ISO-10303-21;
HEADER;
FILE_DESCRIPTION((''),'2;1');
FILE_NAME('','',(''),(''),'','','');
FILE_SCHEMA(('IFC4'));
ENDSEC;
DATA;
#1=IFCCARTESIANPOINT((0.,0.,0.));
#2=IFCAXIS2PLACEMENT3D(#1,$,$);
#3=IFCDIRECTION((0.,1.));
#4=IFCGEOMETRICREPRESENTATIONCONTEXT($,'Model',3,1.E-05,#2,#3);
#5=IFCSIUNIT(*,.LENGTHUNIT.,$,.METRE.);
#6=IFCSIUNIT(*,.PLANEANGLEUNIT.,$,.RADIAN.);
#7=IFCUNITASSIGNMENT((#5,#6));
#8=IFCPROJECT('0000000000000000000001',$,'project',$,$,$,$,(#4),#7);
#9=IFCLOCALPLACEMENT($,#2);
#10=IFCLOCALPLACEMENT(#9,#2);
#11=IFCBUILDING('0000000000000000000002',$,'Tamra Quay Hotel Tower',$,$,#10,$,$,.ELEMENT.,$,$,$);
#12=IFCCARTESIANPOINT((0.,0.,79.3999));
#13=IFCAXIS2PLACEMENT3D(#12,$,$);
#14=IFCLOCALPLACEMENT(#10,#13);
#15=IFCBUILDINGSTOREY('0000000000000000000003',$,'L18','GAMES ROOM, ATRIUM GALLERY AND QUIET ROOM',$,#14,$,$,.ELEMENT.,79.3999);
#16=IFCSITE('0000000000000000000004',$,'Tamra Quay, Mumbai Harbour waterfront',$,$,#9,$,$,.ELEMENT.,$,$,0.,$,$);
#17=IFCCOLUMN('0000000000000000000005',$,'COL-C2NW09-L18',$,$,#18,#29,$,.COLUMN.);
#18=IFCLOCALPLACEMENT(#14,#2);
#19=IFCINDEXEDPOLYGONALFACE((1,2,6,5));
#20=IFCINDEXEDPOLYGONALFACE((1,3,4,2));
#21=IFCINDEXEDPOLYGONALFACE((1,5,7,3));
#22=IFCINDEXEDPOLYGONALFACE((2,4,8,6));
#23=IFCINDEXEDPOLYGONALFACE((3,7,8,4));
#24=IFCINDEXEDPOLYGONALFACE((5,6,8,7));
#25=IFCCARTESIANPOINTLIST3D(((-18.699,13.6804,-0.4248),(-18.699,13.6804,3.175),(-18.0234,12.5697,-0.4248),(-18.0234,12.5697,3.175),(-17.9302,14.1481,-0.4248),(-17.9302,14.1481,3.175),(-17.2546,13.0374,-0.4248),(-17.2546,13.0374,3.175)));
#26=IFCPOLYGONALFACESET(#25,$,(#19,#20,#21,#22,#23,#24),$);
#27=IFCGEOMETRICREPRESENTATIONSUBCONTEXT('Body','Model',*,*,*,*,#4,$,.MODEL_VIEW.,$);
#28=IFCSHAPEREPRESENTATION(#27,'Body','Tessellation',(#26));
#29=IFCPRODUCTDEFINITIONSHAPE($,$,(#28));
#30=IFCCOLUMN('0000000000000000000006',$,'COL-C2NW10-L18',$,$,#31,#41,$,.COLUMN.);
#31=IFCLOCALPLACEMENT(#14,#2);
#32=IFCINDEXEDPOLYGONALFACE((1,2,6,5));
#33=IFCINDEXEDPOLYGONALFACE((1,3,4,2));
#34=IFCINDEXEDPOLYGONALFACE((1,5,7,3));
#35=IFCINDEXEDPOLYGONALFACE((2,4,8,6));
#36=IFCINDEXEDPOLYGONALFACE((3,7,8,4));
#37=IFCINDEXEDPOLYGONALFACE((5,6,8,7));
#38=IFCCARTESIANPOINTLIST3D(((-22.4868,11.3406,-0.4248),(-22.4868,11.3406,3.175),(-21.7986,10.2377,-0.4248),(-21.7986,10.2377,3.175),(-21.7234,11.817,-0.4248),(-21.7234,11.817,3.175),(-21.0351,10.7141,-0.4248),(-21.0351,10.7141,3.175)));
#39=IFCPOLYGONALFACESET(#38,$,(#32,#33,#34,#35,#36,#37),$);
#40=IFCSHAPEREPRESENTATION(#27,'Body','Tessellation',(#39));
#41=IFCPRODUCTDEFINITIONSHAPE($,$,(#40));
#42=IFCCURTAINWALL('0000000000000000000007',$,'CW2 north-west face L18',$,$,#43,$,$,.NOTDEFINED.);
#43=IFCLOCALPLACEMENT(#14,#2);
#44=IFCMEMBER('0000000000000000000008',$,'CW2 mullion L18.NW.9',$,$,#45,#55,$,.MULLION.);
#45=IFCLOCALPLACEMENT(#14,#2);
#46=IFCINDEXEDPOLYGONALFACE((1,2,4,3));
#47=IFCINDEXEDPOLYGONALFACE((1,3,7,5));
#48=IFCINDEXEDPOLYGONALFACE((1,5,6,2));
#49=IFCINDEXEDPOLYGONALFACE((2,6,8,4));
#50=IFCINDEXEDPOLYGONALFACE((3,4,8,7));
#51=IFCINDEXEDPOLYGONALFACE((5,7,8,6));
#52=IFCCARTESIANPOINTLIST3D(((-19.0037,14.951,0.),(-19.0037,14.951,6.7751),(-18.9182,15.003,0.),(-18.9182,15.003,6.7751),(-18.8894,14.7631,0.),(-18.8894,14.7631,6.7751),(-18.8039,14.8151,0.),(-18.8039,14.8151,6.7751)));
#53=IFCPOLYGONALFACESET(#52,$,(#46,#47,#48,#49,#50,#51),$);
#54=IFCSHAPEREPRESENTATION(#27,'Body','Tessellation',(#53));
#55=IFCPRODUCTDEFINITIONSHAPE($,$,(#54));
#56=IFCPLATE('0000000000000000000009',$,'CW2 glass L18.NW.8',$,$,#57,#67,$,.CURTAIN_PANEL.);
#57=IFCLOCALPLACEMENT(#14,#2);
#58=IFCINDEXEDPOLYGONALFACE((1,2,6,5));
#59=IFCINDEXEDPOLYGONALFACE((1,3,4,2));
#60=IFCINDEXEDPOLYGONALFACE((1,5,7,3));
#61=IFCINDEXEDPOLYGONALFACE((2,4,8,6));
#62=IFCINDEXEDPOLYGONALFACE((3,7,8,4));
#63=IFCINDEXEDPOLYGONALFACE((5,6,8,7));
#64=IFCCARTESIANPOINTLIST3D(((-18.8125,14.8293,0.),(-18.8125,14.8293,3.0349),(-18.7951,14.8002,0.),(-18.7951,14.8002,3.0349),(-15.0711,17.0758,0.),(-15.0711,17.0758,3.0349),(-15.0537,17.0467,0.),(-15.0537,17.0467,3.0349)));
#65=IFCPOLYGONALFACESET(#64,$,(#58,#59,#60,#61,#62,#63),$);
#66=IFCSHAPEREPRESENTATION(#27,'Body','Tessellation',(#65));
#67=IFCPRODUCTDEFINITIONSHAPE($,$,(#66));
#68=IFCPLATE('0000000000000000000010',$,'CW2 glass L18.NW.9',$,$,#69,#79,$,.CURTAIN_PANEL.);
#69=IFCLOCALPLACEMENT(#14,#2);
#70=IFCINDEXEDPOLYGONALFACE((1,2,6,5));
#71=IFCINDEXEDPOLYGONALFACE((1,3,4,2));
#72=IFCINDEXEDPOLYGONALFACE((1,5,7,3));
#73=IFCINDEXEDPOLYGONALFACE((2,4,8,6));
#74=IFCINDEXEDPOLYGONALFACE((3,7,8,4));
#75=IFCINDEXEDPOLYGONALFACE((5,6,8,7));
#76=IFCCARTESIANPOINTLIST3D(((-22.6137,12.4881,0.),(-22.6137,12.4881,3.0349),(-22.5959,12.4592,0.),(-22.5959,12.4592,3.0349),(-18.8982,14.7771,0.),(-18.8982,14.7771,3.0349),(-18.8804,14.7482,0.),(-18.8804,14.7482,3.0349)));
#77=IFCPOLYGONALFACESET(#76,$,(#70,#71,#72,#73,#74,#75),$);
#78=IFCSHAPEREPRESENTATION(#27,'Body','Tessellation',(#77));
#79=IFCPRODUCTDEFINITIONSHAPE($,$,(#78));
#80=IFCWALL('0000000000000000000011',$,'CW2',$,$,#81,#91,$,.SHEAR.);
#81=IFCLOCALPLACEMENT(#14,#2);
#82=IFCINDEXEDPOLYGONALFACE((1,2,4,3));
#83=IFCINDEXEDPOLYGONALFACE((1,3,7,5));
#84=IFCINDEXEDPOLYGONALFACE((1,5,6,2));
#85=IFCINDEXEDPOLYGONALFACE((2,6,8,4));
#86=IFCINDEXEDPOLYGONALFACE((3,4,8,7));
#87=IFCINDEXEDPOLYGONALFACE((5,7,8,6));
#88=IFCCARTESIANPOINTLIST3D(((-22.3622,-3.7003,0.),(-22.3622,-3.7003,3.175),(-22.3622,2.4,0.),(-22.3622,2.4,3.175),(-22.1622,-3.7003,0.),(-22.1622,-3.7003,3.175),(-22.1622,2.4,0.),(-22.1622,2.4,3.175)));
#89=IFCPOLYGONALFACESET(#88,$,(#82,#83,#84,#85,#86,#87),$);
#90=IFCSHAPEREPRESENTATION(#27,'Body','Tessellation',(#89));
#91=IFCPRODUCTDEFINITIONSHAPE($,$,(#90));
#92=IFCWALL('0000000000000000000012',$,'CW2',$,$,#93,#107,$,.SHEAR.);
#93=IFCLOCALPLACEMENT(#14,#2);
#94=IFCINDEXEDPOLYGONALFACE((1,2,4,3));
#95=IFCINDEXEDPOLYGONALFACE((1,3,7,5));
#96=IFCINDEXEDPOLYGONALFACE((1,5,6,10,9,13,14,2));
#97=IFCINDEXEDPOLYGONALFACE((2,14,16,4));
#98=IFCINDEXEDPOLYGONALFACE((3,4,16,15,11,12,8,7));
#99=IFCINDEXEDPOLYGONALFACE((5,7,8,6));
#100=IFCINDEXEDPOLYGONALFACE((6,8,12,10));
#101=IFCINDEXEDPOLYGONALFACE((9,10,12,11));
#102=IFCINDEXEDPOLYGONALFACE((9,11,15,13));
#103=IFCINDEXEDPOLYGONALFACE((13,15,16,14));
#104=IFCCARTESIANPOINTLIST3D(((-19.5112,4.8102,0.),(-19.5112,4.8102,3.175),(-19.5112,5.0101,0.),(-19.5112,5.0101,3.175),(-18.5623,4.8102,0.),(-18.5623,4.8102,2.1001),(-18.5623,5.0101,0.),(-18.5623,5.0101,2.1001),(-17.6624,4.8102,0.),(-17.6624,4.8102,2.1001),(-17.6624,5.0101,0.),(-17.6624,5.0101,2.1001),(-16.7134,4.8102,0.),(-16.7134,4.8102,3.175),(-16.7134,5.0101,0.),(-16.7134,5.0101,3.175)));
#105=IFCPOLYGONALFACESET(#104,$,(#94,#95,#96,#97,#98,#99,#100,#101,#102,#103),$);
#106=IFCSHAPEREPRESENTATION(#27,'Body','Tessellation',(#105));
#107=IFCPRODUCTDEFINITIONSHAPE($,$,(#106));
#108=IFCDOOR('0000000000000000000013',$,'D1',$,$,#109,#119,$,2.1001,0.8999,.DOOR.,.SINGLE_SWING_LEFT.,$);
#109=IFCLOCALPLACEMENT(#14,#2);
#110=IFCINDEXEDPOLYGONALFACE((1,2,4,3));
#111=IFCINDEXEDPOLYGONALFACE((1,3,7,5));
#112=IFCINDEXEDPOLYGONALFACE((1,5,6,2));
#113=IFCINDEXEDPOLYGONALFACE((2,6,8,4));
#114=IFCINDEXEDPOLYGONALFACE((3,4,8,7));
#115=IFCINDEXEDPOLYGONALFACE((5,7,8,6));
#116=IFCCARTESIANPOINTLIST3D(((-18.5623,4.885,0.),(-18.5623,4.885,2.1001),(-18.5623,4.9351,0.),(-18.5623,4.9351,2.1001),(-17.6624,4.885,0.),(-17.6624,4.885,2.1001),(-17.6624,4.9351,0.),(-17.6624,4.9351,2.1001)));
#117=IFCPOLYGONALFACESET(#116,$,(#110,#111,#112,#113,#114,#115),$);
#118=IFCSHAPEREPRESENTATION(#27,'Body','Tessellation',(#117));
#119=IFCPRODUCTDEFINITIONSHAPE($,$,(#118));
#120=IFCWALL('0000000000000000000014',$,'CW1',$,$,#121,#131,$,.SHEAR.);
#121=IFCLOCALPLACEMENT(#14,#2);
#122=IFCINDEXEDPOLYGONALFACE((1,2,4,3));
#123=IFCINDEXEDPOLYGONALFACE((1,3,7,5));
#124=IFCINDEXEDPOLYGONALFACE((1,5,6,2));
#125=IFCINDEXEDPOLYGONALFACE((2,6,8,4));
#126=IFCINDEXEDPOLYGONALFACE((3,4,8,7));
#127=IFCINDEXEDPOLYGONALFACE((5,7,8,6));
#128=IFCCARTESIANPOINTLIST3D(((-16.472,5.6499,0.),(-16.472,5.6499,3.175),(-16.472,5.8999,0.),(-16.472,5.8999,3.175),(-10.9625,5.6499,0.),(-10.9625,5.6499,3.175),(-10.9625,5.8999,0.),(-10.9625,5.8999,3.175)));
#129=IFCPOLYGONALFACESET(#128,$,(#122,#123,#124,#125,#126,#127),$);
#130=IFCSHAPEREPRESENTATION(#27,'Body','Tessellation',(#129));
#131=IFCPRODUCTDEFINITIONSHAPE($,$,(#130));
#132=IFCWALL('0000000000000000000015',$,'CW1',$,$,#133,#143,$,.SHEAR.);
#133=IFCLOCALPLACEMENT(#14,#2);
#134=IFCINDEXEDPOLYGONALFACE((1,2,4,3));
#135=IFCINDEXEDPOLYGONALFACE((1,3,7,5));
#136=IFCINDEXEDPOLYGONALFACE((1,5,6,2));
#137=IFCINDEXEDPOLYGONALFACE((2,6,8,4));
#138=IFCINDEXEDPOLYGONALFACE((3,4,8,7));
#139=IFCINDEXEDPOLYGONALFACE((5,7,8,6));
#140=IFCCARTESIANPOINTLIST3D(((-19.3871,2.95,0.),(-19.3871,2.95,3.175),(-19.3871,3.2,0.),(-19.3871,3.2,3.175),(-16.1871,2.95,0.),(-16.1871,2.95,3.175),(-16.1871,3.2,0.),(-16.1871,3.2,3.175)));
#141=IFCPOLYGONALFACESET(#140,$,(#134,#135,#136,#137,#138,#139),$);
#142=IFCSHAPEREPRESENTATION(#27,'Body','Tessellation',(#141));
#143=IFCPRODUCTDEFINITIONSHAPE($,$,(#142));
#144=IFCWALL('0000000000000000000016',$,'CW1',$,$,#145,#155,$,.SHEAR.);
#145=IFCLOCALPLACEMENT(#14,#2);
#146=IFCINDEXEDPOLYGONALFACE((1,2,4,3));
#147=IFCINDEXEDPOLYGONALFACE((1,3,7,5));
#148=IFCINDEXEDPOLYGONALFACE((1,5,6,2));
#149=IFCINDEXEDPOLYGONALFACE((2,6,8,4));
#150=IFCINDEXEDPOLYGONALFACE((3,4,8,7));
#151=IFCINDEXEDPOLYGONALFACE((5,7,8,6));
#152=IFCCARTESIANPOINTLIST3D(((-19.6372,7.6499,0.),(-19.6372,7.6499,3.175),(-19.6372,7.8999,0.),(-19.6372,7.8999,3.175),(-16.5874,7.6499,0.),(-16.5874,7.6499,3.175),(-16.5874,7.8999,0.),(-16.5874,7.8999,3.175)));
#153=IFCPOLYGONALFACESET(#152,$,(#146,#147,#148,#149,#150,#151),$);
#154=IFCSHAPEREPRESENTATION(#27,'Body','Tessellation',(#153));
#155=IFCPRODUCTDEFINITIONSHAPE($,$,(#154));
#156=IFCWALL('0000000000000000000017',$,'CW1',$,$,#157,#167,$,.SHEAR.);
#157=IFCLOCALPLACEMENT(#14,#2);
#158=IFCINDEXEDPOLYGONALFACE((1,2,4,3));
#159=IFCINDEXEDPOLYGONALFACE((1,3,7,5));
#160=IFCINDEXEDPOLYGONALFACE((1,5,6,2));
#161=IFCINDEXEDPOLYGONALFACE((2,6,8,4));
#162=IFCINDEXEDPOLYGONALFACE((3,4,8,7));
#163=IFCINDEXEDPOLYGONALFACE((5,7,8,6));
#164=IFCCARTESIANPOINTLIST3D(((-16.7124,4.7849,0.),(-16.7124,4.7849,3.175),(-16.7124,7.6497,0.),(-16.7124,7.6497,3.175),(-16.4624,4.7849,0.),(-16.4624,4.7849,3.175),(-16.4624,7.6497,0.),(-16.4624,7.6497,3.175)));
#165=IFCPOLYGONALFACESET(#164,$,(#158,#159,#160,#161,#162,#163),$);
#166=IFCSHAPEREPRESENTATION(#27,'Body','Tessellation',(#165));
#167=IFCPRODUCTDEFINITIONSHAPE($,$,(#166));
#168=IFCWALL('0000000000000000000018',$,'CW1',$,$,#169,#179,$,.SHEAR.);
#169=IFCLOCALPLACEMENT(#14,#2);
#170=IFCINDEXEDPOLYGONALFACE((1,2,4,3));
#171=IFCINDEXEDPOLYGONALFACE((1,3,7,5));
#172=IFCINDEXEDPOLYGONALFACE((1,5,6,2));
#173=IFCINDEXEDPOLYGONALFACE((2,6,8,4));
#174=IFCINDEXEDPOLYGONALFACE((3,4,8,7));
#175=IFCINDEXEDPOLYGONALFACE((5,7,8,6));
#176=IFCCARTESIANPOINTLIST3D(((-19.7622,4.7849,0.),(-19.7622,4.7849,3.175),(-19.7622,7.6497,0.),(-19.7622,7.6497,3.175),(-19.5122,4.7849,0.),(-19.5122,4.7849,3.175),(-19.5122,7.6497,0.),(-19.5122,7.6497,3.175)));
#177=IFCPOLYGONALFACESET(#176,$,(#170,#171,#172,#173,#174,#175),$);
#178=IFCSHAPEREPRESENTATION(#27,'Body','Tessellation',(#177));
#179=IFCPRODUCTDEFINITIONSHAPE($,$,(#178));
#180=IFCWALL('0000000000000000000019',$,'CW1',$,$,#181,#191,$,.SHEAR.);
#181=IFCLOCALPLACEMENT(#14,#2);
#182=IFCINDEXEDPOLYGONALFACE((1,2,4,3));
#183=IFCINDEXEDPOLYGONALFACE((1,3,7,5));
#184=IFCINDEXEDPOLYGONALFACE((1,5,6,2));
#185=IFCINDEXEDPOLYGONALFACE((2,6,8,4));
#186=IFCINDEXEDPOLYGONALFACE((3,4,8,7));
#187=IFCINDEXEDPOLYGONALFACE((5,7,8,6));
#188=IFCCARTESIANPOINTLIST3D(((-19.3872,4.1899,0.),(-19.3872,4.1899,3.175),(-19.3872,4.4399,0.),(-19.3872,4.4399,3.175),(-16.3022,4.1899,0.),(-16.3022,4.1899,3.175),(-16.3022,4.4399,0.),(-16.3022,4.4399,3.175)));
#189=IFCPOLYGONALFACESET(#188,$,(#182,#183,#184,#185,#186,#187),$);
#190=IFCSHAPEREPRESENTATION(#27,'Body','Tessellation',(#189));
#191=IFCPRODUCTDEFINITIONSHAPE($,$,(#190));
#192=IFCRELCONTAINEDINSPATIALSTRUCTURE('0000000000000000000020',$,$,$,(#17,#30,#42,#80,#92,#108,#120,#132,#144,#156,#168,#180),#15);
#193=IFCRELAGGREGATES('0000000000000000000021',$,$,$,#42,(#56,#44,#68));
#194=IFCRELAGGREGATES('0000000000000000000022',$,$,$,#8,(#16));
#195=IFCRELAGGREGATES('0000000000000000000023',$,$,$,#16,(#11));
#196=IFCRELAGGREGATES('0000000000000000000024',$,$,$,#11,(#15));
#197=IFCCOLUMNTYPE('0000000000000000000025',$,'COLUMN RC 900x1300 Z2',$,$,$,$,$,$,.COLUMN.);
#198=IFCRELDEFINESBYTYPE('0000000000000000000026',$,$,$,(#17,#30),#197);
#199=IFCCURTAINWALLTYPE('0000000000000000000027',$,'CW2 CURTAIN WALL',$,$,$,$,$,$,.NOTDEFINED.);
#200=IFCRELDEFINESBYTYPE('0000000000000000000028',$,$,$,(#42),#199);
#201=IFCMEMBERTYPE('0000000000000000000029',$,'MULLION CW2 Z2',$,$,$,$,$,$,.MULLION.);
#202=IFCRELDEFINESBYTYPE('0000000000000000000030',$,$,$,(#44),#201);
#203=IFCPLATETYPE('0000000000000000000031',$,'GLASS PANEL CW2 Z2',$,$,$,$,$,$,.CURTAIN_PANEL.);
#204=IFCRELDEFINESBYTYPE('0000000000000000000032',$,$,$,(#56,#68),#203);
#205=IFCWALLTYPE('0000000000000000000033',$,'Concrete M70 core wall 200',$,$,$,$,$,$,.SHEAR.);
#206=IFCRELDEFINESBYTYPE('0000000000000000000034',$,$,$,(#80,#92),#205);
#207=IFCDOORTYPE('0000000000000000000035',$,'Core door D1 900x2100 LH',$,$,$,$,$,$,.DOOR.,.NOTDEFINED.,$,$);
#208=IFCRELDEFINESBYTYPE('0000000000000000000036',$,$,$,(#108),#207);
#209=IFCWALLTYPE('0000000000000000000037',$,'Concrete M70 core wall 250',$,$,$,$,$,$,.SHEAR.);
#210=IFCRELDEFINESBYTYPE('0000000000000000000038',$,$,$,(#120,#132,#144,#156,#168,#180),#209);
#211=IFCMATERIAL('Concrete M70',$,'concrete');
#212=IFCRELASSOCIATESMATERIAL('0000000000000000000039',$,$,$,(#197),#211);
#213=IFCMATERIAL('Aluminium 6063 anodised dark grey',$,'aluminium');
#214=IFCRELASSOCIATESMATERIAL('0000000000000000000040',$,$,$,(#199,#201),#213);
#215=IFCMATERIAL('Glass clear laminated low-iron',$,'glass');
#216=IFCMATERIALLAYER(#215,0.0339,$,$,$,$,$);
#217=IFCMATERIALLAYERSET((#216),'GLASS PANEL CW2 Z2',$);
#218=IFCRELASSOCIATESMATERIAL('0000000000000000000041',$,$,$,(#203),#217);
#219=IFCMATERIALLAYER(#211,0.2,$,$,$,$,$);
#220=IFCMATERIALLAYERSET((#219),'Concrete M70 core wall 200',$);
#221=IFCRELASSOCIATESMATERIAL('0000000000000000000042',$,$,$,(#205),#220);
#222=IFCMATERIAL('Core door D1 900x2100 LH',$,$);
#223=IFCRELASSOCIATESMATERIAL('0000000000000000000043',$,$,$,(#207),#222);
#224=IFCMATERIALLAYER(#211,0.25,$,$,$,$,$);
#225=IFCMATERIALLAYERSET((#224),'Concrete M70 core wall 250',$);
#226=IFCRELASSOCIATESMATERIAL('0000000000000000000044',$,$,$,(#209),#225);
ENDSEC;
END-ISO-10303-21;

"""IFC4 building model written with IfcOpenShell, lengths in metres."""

from ifc_helpers import new_model, si_unit, direction, frame, frame_2d, origin, origin_2d, place, context, subcontext, project, spatial, rectangle, extrude, material, layer, layer_set, material_profile, profile_set, type_object, element, fill, aggregate, save


model = new_model("IFC4")

# Units and contexts
model_context = context("Model", 3, precision=1e-05, world=origin(), true_north=direction((0.0, 1.0)))
body_context = subcontext(model_context, "Body", "Model", "MODEL_VIEW")
ifc_project = project(units=[si_unit("LENGTHUNIT", "METRE"), si_unit("PLANEANGLEUNIT", "RADIAN")], contexts=[model_context])

# Site, building, storey
site_placement = place(None, origin())
site = spatial("IfcSite", under=ifc_project, at=site_placement, Name="Tamra Quay, Mumbai Harbour waterfront", CompositionType="ELEMENT", RefElevation=0.0)
building_placement = place(site_placement, origin())
building = spatial("IfcBuilding", under=site, at=building_placement, Name="Tamra Quay Hotel Tower", CompositionType="ELEMENT")
storey_placement = place(building_placement, frame((0.0, 0.0, 79.3999)))
storey = spatial("IfcBuildingStorey", under=building, at=storey_placement, Name="L18", Description="GAMES ROOM, ATRIUM GALLERY AND QUIET ROOM", CompositionType="ELEMENT", Elevation=79.3999)

# Columns
ifc_material_1 = material(Name="Concrete M70", Category="concrete")
ifc_material_profile_1 = material_profile(ifc_material_1, rectangle(XDim=1.3, YDim=0.8999, at=origin_2d()), Name="COLUMN RC 900x1300 Z2")
ifc_profile_set_1 = profile_set([ifc_material_profile_1], Name="Concrete M70")
column_type = type_object("IfcColumnType", Name="COLUMN RC 900x1300 Z2", PredefinedType="COLUMN", material=ifc_profile_set_1)
for number, where, z_axis, x_axis, name in (
    (1, (-17.9768, 13.3589, -0.4248), (0.0, 0.0, 1.0), (-0.519679, 0.854362, 0.0), "COL-C2NW09-L18"),
    (2, (-21.761, 11.0273, -0.4248), (0.0, 0.0, 1.0), (-0.52941, 0.848366, 0.0), "COL-C2NW10-L18"),
):
    element("IfcColumn", number, at=place(storey_placement, frame(where, z_axis=z_axis, x_axis=x_axis)), inside=storey, type_object=column_type, Name=name, PredefinedType="COLUMN", context=body_context, shape_type="SweptSolid", body=[
        extrude(rectangle(XDim=1.3, YDim=0.8999, at=origin_2d()), origin(), (0.0, 0.0, 1.0), 3.5999),
    ])

# Curtain wall, member, plates
ifc_material_2 = material(Name="Aluminium 6063 anodised dark grey", Category="aluminium")
curtain_wall_type = type_object("IfcCurtainWallType", Name="CW2 CURTAIN WALL", PredefinedType="NOTDEFINED", material=ifc_material_2)
curtain_wall_placement = place(storey_placement, origin())
curtain_wall = element("IfcCurtainWall", 3, at=curtain_wall_placement, inside=storey, type_object=curtain_wall_type, Name="CW2 north-west face L18", PredefinedType="NOTDEFINED")
ifc_material_profile_2 = material_profile(ifc_material_2, rectangle(XDim=0.22, YDim=0.1001, at=origin_2d()), Name="MULLION 100X220")
ifc_profile_set_2 = profile_set([ifc_material_profile_2], Name="Aluminium 6063 anodised dark grey")
member_type = type_object("IfcMemberType", Name="MULLION CW2 Z2", PredefinedType="MULLION", material=ifc_profile_set_2)
member_placement = place(storey_placement, frame((-18.9038, 14.8831, 0.0), z_axis=(0.0, 0.0, 1.0), x_axis=(-0.51965, 0.854379, 0.0)))
member = element("IfcMember", 4, at=member_placement, type_object=member_type, Name="CW2 mullion L18.NW.9", PredefinedType="MULLION", context=body_context, shape_type="SweptSolid", body=[
    extrude(rectangle(XDim=0.22, YDim=0.1001, at=origin_2d()), origin(), (0.0, 0.0, 1.0), 6.7751),
])
ifc_material_3 = material(Name="Glass clear laminated low-iron", Category="glass")
ifc_layer_1 = layer(ifc_material_3, 0.0339)
ifc_layer_set_1 = layer_set([ifc_layer_1], Name="GLASS PANEL CW2 Z2")
plate_type = type_object("IfcPlateType", Name="GLASS PANEL CW2 Z2", PredefinedType="CURTAIN_PANEL", material=ifc_layer_set_1)
plate_1_placement = place(storey_placement, frame((-16.9331, 15.938, 0.0), z_axis=(0.0, 0.0, 1.0), x_axis=(-0.857331, -0.514765, 0.0)))
plate_1 = element("IfcPlate", 5, at=plate_1_placement, type_object=plate_type, Name="CW2 glass L18.NW.8", PredefinedType="CURTAIN_PANEL", context=body_context, shape_type="SweptSolid", body=[
    extrude(rectangle(XDim=4.364, YDim=0.0339, at=origin_2d()), origin(), (0.0, 0.0, 1.0), 3.0349),
])
plate_2_placement = place(storey_placement, frame((-20.7471, 13.6182, 0.0), z_axis=(0.0, 0.0, 1.0), x_axis=(-0.851399, -0.524518, 0.0)))
plate_2 = element("IfcPlate", 6, at=plate_2_placement, type_object=plate_type, Name="CW2 glass L18.NW.9", PredefinedType="CURTAIN_PANEL", context=body_context, shape_type="SweptSolid", body=[
    extrude(rectangle(XDim=4.364, YDim=0.0339, at=origin_2d()), origin(), (0.0, 0.0, 1.0), 3.0349),
])
aggregate(curtain_wall, [plate_1, member, plate_2])

# Wall
ifc_layer_2 = layer(ifc_material_1, 0.2)
ifc_layer_set_2 = layer_set([ifc_layer_2], Name="Concrete M70 core wall 200")
wall_type_1 = type_object("IfcWallType", Name="Concrete M70 core wall 200", PredefinedType="SHEAR", material=ifc_layer_set_2)
wall_1_placement = place(storey_placement, frame((-22.2622, 2.4001, 0.0), z_axis=(0.0, 0.0, 1.0), x_axis=(0.0, -1.0, 0.0)))
element("IfcWall", 7, at=wall_1_placement, inside=storey, type_object=wall_type_1, Name="CW2", PredefinedType="SHEAR", context=body_context, shape_type="SweptSolid", body=[
    extrude(rectangle(XDim=6.1003, YDim=0.2, at=frame_2d((3.0503, 0.0))), origin(), (0.0, 0.0, 1.0), 3.175),
])

# Wall, opening, door
wall_2_placement = place(storey_placement, frame((-19.5112, 4.9102, 0.0), z_axis=(0.0, 0.0, 1.0), x_axis=(1.0, 0.0, 0.0)))
wall_2 = element("IfcWall", 8, at=wall_2_placement, inside=storey, type_object=wall_type_1, Name="CW2", PredefinedType="SHEAR", context=body_context, shape_type="SweptSolid", body=[
    extrude(rectangle(XDim=2.7979, YDim=0.2, at=frame_2d((1.3989, 0.0))), origin(), (0.0, 0.0, 1.0), 3.175),
])
opening_1_placement = place(wall_2_placement, frame((0.949, 0.0, 0.0)))
opening_1 = element("IfcOpeningElement", 9, at=opening_1_placement, cuts=wall_2, PredefinedType="OPENING", context=body_context, shape_type="SweptSolid", body=[
    extrude(rectangle(XDim=0.8999, YDim=2.1001, at=frame_2d((0.45, 1.05))), frame((0.0, 0.1099, 0.0), z_axis=(0.0, -1.0, 0.0), x_axis=(1.0, 0.0, 0.0)), (0.0, 0.0, 1.0), 0.22),
])
ifc_material_4 = material(Name="Core door D1 900x2100 LH")
door_type_1 = type_object("IfcDoorType", Name="Core door D1 900x2100 LH", OperationType="NOTDEFINED", PredefinedType="DOOR", material=ifc_material_4)
door_1_placement = place(opening_1_placement, origin())
door_1 = element("IfcDoor", 10, at=door_1_placement, inside=storey, type_object=door_type_1, Name="D1", OperationType="SINGLE_SWING_LEFT", OverallHeight=2.1001, OverallWidth=0.8999, PredefinedType="DOOR", context=body_context, shape_type="SweptSolid", body=[
    extrude(rectangle(XDim=0.8999, YDim=2.1001, at=frame_2d((0.45, 1.05))), frame((0.0, 0.0249, 0.0), z_axis=(0.0, -1.0, 0.0), x_axis=(1.0, 0.0, 0.0)), (0.0, 0.0, 1.0), 0.05),
])
fill(opening_1, door_1)

# Walls
ifc_layer_3 = layer(ifc_material_1, 0.25)
ifc_layer_set_3 = layer_set([ifc_layer_3], Name="Concrete M70 core wall 250")
wall_type_2 = type_object("IfcWallType", Name="Concrete M70 core wall 250", PredefinedType="SHEAR", material=ifc_layer_set_3)
wall_3_placement = place(storey_placement, frame((-16.4722, 5.7749, 0.0), z_axis=(0.0, 0.0, 1.0), x_axis=(1.0, 0.0, 0.0)))
element("IfcWall", 11, at=wall_3_placement, inside=storey, type_object=wall_type_2, Name="CW1", PredefinedType="SHEAR", context=body_context, shape_type="SweptSolid", body=[
    extrude(rectangle(XDim=5.5095, YDim=0.25, at=frame_2d((2.7549, 0.0))), origin(), (0.0, 0.0, 1.0), 3.175),
])
wall_4_placement = place(storey_placement, frame((-19.3872, 3.075, 0.0), z_axis=(0.0, 0.0, 1.0), x_axis=(1.0, 0.0, 0.0)))
element("IfcWall", 12, at=wall_4_placement, inside=storey, type_object=wall_type_2, Name="CW1", PredefinedType="SHEAR", context=body_context, shape_type="SweptSolid", body=[
    extrude(rectangle(XDim=3.2, YDim=0.25, at=frame_2d((1.6001, 0.0))), origin(), (0.0, 0.0, 1.0), 3.175),
])
wall_5_placement = place(storey_placement, frame((-19.6372, 7.7749, 0.0), z_axis=(0.0, 0.0, 1.0), x_axis=(1.0, 0.0, 0.0)))
element("IfcWall", 13, at=wall_5_placement, inside=storey, type_object=wall_type_2, Name="CW1", PredefinedType="SHEAR", context=body_context, shape_type="SweptSolid", body=[
    extrude(rectangle(XDim=3.0498, YDim=0.25, at=frame_2d((1.5249, 0.0))), origin(), (0.0, 0.0, 1.0), 3.175),
])
for number, where, z_axis, x_axis, name in (
    (14, (-16.5874, 7.6497, 0.0), (0.0, 0.0, 1.0), (0.0, -1.0, 0.0), "CW1"),
    (15, (-19.6372, 4.7849, 0.0), (0.0, 0.0, 1.0), (0.0, 1.0, 0.0), "CW1"),
):
    element("IfcWall", number, at=place(storey_placement, frame(where, z_axis=z_axis, x_axis=x_axis)), inside=storey, type_object=wall_type_2, Name=name, PredefinedType="SHEAR", context=body_context, shape_type="SweptSolid", body=[
        extrude(rectangle(XDim=2.8647, YDim=0.25, at=frame_2d((1.4324, 0.0))), origin(), (0.0, 0.0, 1.0), 3.175),
    ])
wall_6_placement = place(storey_placement, frame((-16.3022, 4.3149, 0.0), z_axis=(0.0, 0.0, 1.0), x_axis=(-1.0, 0.0, 0.0)))
element("IfcWall", 16, at=wall_6_placement, inside=storey, type_object=wall_type_2, Name="CW1", PredefinedType="SHEAR", context=body_context, shape_type="SweptSolid", body=[
    extrude(rectangle(XDim=3.085, YDim=0.25, at=frame_2d((1.5425, 0.0))), origin(), (0.0, 0.0, 1.0), 3.175),
])

save(model, "model.ifc")
